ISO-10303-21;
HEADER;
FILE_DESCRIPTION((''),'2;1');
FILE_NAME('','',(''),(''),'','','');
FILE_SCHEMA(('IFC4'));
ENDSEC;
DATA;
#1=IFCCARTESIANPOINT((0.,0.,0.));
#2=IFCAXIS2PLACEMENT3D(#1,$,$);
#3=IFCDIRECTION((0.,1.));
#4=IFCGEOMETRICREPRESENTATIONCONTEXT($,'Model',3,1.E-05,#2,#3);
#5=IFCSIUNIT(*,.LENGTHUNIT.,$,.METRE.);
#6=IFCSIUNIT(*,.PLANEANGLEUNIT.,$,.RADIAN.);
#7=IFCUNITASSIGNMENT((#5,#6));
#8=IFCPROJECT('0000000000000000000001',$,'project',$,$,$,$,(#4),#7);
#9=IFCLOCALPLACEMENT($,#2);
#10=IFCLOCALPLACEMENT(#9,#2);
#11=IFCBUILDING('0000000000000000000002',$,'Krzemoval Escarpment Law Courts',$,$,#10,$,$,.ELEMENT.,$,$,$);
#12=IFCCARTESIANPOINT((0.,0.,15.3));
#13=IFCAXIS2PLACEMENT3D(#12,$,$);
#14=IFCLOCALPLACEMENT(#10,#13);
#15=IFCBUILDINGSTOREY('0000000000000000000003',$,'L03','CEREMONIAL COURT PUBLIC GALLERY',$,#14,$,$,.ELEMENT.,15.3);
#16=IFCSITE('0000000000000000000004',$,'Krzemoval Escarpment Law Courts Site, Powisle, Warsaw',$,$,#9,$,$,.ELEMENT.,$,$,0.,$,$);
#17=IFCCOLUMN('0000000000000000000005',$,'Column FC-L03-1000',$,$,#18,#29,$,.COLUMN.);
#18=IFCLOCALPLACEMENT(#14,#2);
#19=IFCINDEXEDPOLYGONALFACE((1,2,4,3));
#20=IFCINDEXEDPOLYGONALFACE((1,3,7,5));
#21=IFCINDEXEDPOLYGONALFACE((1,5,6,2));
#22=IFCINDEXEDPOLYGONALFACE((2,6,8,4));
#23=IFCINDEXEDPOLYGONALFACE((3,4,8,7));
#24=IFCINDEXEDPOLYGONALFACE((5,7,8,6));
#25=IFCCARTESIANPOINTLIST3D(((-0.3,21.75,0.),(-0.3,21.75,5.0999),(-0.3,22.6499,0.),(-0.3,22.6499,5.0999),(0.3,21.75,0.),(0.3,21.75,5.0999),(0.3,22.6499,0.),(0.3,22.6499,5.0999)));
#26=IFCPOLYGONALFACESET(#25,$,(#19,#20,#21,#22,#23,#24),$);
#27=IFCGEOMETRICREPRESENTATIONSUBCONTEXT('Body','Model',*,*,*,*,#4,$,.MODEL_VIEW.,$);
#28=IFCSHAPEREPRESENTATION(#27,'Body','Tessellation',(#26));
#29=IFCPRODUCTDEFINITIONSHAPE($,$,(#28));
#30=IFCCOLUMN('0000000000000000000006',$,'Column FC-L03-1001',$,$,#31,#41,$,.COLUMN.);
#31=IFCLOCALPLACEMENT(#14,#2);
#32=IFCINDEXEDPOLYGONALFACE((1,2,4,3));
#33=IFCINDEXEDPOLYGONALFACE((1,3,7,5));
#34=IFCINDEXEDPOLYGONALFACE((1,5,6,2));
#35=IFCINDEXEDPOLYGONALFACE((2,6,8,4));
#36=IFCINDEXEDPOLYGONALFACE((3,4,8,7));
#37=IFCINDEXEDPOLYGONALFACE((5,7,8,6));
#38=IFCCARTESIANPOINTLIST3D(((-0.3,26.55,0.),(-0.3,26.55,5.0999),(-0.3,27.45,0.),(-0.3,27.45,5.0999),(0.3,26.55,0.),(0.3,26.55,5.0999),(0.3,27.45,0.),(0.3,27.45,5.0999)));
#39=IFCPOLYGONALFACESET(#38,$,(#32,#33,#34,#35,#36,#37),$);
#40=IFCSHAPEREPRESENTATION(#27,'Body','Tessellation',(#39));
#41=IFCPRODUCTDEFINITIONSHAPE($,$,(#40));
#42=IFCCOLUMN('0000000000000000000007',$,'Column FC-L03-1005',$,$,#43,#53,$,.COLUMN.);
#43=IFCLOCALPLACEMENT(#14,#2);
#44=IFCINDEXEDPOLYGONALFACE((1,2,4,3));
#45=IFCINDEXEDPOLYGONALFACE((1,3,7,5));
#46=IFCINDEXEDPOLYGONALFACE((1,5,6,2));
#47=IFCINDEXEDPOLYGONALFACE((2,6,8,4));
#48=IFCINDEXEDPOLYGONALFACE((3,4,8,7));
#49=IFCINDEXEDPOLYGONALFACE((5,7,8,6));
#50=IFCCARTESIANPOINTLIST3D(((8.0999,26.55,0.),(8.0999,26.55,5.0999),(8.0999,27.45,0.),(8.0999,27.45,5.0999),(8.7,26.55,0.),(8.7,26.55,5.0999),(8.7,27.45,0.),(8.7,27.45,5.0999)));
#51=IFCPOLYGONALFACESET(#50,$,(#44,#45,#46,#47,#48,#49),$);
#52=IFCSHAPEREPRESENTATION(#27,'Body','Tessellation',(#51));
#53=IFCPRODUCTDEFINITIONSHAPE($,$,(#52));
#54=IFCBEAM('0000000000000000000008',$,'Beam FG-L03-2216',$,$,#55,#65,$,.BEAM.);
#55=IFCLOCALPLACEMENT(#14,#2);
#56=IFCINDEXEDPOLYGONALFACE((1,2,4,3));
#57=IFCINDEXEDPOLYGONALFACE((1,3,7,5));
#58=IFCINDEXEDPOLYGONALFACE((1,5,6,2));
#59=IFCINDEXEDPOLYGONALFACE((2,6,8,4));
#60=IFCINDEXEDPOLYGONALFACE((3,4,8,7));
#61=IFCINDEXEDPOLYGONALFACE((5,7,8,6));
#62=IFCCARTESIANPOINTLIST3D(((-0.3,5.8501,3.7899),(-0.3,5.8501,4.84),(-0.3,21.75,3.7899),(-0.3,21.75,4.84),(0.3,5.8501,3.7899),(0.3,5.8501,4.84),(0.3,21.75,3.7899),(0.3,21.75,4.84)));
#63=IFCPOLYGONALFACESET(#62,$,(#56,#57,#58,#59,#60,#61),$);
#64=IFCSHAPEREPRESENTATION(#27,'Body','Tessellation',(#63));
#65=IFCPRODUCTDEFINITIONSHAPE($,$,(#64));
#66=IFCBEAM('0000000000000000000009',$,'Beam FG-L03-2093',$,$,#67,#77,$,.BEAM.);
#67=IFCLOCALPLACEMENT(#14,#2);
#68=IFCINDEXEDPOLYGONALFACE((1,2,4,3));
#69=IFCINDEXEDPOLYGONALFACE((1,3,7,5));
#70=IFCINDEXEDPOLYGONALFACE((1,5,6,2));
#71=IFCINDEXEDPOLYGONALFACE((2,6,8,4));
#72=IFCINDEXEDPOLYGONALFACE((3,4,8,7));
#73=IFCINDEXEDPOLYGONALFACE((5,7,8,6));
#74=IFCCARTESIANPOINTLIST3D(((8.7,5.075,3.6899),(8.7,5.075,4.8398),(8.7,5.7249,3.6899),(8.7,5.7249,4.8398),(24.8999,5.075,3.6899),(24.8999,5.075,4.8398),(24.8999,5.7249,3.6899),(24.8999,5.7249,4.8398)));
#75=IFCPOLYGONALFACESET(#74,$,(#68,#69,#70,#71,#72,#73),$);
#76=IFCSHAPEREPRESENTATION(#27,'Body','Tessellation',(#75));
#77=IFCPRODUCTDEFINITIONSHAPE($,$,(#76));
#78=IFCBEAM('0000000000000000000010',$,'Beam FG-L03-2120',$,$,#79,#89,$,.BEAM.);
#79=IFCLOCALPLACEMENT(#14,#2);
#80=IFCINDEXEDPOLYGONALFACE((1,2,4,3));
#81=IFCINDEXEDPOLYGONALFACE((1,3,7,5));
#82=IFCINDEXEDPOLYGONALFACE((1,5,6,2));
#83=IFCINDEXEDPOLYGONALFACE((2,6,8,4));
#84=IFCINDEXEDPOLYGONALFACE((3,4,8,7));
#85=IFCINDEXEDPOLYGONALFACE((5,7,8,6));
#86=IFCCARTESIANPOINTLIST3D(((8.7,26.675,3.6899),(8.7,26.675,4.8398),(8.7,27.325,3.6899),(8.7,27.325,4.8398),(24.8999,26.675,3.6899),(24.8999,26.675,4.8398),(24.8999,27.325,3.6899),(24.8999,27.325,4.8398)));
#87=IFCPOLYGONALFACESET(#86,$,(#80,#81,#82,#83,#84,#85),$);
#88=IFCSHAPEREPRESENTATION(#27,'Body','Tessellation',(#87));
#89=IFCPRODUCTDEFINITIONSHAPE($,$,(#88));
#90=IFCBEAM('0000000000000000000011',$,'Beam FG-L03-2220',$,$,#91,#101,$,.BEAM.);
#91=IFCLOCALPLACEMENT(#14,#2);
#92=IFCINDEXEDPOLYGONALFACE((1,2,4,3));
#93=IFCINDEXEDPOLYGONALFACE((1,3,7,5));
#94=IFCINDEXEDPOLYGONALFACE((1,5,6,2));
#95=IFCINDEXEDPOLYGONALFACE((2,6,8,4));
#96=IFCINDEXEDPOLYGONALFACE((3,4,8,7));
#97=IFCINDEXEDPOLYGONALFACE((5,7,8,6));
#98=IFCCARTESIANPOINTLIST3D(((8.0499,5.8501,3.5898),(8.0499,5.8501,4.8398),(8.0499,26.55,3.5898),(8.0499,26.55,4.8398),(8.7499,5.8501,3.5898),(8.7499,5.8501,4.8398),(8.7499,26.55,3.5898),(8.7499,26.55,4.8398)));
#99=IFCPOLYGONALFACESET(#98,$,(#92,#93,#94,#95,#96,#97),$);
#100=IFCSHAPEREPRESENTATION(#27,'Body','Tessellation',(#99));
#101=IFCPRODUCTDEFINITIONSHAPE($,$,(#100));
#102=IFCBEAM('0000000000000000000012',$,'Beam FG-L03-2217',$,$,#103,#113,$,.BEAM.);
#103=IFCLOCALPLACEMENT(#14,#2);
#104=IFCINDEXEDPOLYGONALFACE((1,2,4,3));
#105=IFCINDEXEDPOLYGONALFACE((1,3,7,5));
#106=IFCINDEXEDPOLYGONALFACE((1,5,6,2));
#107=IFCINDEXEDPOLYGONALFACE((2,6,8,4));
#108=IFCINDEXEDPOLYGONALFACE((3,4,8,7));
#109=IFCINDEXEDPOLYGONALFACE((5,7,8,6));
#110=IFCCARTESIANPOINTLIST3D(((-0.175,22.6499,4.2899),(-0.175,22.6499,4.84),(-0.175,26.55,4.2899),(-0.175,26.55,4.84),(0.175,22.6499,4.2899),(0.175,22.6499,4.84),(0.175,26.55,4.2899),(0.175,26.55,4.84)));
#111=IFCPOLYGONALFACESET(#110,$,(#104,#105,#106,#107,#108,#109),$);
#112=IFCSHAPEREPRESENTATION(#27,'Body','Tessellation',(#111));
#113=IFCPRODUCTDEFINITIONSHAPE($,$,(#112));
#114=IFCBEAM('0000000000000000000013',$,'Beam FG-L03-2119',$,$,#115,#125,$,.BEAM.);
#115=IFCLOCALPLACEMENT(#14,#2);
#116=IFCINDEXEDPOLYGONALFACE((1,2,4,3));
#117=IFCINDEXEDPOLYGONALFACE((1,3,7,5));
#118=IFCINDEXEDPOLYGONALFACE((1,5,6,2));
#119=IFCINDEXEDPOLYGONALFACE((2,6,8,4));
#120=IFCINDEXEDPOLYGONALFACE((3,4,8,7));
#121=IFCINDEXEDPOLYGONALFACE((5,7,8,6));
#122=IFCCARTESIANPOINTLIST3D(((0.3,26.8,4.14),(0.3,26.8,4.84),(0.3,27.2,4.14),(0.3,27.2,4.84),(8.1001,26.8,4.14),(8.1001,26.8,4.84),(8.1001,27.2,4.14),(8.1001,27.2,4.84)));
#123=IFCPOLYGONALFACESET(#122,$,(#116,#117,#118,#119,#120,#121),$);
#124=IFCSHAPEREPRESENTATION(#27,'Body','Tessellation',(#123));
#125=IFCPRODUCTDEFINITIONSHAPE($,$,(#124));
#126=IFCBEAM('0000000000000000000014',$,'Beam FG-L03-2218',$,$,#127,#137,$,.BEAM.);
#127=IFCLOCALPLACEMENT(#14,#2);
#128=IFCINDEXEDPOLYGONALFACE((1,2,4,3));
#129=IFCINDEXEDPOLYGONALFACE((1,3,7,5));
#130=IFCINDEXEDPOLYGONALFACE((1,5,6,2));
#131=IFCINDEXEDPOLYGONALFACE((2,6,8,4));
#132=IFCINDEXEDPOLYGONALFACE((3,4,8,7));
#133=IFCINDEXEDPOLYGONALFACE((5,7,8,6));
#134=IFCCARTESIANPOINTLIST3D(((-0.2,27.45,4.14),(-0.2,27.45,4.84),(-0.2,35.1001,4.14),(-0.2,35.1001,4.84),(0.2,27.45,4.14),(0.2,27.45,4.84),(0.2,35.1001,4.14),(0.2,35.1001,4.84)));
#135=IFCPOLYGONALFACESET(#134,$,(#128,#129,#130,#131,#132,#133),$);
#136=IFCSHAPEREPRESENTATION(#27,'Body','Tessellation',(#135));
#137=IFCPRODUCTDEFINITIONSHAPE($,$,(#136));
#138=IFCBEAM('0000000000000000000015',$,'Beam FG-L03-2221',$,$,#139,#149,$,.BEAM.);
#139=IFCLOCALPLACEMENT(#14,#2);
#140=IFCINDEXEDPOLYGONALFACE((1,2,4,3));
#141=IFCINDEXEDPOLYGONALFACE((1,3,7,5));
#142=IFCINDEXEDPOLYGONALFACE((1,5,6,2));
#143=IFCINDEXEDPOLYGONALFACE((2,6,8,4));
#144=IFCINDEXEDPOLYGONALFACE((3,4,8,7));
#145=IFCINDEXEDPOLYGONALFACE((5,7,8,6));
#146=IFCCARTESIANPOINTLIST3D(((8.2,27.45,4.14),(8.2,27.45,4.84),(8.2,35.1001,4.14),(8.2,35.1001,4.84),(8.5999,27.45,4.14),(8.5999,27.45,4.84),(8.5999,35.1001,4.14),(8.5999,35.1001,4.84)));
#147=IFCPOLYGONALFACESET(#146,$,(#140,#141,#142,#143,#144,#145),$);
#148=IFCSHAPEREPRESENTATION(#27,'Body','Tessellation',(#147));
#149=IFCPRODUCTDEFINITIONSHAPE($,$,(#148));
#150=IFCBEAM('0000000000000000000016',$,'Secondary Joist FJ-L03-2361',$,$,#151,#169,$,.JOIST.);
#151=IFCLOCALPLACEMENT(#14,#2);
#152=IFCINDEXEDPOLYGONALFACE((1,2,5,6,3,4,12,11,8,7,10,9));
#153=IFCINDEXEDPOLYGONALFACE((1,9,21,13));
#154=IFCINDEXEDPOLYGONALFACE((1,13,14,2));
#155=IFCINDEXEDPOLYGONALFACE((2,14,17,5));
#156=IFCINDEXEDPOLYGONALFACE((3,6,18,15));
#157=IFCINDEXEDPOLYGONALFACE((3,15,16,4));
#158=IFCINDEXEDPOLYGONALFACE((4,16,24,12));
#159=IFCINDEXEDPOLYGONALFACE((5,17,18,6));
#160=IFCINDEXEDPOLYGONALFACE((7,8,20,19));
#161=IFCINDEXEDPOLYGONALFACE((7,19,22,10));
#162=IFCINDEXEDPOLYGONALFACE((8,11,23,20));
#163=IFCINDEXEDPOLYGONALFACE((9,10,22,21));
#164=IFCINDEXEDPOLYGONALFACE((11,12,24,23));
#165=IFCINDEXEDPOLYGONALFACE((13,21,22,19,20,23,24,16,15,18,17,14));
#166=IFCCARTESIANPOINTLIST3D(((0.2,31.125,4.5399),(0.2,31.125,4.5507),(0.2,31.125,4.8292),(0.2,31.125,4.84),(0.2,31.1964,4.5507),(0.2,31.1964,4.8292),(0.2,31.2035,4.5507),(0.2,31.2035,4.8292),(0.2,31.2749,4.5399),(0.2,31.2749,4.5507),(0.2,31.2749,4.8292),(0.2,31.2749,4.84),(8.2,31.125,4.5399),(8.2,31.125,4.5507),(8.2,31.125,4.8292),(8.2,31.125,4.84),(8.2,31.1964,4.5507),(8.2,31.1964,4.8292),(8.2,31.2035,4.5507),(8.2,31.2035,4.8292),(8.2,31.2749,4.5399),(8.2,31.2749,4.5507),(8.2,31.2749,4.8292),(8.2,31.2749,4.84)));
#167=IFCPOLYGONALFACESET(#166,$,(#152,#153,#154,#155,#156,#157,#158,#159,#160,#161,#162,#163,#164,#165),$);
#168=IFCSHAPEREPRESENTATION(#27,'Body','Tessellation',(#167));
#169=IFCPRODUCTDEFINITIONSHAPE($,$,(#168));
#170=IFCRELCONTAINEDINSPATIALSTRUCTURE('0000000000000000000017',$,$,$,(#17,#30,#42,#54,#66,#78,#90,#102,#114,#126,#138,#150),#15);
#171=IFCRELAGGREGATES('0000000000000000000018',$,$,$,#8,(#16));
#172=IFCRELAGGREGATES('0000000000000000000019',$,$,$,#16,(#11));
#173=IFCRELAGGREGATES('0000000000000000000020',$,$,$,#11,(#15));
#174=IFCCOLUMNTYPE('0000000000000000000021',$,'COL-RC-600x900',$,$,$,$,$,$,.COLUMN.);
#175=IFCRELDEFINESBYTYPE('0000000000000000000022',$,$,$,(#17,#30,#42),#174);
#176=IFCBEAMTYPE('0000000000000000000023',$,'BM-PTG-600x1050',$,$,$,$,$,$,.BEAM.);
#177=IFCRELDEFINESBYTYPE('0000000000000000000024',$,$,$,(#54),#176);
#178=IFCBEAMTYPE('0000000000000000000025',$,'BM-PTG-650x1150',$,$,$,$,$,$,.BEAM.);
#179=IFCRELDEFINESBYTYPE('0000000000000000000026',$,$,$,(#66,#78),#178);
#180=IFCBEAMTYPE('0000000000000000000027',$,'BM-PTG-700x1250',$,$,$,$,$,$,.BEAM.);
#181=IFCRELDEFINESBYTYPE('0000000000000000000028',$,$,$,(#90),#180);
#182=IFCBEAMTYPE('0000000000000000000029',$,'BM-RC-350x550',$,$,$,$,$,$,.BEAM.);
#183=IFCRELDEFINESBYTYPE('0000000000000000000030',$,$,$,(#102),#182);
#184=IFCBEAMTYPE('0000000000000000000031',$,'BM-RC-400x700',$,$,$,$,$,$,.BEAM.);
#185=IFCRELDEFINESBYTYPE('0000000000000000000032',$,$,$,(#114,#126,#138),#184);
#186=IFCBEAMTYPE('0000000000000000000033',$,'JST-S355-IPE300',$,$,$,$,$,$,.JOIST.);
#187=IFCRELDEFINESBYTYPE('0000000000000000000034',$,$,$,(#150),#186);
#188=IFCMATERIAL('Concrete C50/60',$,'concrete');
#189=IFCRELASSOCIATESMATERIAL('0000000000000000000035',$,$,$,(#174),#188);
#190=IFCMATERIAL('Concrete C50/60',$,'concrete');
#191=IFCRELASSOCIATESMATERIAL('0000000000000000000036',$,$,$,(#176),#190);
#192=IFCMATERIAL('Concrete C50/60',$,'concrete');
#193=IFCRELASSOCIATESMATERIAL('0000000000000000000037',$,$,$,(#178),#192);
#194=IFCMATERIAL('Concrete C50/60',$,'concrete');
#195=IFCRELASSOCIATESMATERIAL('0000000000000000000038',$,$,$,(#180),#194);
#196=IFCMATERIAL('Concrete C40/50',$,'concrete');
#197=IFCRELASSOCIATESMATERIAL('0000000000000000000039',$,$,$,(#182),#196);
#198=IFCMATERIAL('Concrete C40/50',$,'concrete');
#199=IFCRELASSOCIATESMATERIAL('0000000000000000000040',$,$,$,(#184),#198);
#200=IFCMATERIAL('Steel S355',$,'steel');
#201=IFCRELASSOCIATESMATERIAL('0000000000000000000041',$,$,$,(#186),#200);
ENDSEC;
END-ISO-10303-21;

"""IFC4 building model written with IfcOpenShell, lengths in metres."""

from ifc_helpers import new_model, si_unit, direction, frame, origin, origin_2d, place, context, subcontext, project, spatial, rectangle, i_section, extrude, material, material_profile, profile_set, type_object, element, save


model = new_model("IFC4")

# Units and contexts
model_context = context("Model", 3, precision=1e-05, world=origin(), true_north=direction((0.0, 1.0)))
body_context = subcontext(model_context, "Body", "Model", "MODEL_VIEW")
ifc_project = project(units=[si_unit("LENGTHUNIT", "METRE"), si_unit("PLANEANGLEUNIT", "RADIAN")], contexts=[model_context])

# Site, building, storey
site_placement = place(None, origin())
site = spatial("IfcSite", under=ifc_project, at=site_placement, Name="Krzemoval Escarpment Law Courts Site, Powisle, Warsaw", CompositionType="ELEMENT", RefElevation=0.0)
building_placement = place(site_placement, origin())
building = spatial("IfcBuilding", under=site, at=building_placement, Name="Krzemoval Escarpment Law Courts", CompositionType="ELEMENT")
storey_placement = place(building_placement, frame((0.0, 0.0, 15.3)))
storey = spatial("IfcBuildingStorey", under=building, at=storey_placement, Name="L03", Description="CEREMONIAL COURT PUBLIC GALLERY", CompositionType="ELEMENT", Elevation=15.3)

# Columns
ifc_material_1 = material(Name="Concrete C50/60", Category="concrete")
ifc_material_profile_1 = material_profile(ifc_material_1, rectangle(XDim=0.6001, YDim=0.8999, at=origin_2d()), Name="RC 600x900")
ifc_profile_set_1 = profile_set([ifc_material_profile_1], Name="Concrete C50/60")
column_type = type_object("IfcColumnType", Name="COL-RC-600x900", PredefinedType="COLUMN", material=ifc_profile_set_1)
for number, where, z_axis, x_axis, name in (
    (1, (0.0, 22.2, 0.0), (0.0, 0.0, 1.0), (1.0, 0.0, 0.0), "Column FC-L03-1000"),
    (2, (0.0, 27.0, 0.0), (0.0, 0.0, 1.0), (1.0, 0.0, 0.0), "Column FC-L03-1001"),
    (3, (8.3999, 27.0, 0.0), (0.0, 0.0, 1.0), (1.0, 0.0, 0.0), "Column FC-L03-1005"),
):
    element("IfcColumn", number, at=place(storey_placement, frame(where, z_axis=z_axis, x_axis=x_axis)), inside=storey, type_object=column_type, Name=name, PredefinedType="COLUMN", context=body_context, shape_type="SweptSolid", body=[
        extrude(rectangle(XDim=0.6001, YDim=0.8999, at=origin_2d()), origin(), (0.0, 0.0, 1.0), 5.0999),
    ])

# Beams
ifc_material_2 = material(Name="Concrete C50/60", Category="concrete")
ifc_material_profile_2 = material_profile(ifc_material_2, rectangle(XDim=0.6001, YDim=1.05, at=origin_2d()), Name="PTG 600x1050")
ifc_profile_set_2 = profile_set([ifc_material_profile_2], Name="Concrete C50/60")
beam_type_1 = type_object("IfcBeamType", Name="BM-PTG-600x1050", PredefinedType="BEAM", material=ifc_profile_set_2)
beam_1_placement = place(storey_placement, frame((0.0, 5.8501, 4.3149), z_axis=(0.0, 1.0, 0.0), x_axis=(-1.0, 0.0, 0.0)))
element("IfcBeam", 4, at=beam_1_placement, inside=storey, type_object=beam_type_1, Name="Beam FG-L03-2216", PredefinedType="BEAM", context=body_context, shape_type="SweptSolid", body=[
    extrude(rectangle(XDim=0.6001, YDim=1.05, at=origin_2d()), origin(), (0.0, 0.0, 1.0), 15.8999),
])
ifc_material_3 = material(Name="Concrete C50/60", Category="concrete")
ifc_material_profile_3 = material_profile(ifc_material_3, rectangle(XDim=0.6499, YDim=1.1499, at=origin_2d()), Name="PTG 650x1150")
ifc_profile_set_3 = profile_set([ifc_material_profile_3], Name="Concrete C50/60")
beam_type_2 = type_object("IfcBeamType", Name="BM-PTG-650x1150", PredefinedType="BEAM", material=ifc_profile_set_3)
for number, where, z_axis, x_axis, name in (
    (5, (8.7, 5.3999, 4.2649), (1.0, 0.0, 0.0), (0.0, 1.0, 0.0), "Beam FG-L03-2093"),
    (6, (8.7, 27.0, 4.2649), (1.0, 0.0, 0.0), (0.0, 1.0, 0.0), "Beam FG-L03-2120"),
):
    element("IfcBeam", number, at=place(storey_placement, frame(where, z_axis=z_axis, x_axis=x_axis)), inside=storey, type_object=beam_type_2, Name=name, PredefinedType="BEAM", context=body_context, shape_type="SweptSolid", body=[
        extrude(rectangle(XDim=0.6499, YDim=1.1499, at=origin_2d()), origin(), (0.0, 0.0, 1.0), 16.2),
    ])
ifc_material_4 = material(Name="Concrete C50/60", Category="concrete")
ifc_material_profile_4 = material_profile(ifc_material_4, rectangle(XDim=0.7, YDim=1.25, at=origin_2d()), Name="PTG 700x1250")
ifc_profile_set_4 = profile_set([ifc_material_profile_4], Name="Concrete C50/60")
beam_type_3 = type_object("IfcBeamType", Name="BM-PTG-700x1250", PredefinedType="BEAM", material=ifc_profile_set_4)
beam_2_placement = place(storey_placement, frame((8.3999, 5.8501, 4.2148), z_axis=(0.0, 1.0, 0.0), x_axis=(-1.0, 0.0, 0.0)))
element("IfcBeam", 7, at=beam_2_placement, inside=storey, type_object=beam_type_3, Name="Beam FG-L03-2220", PredefinedType="BEAM", context=body_context, shape_type="SweptSolid", body=[
    extrude(rectangle(XDim=0.7, YDim=1.25, at=origin_2d()), origin(), (0.0, 0.0, 1.0), 20.7),
])
ifc_material_5 = material(Name="Concrete C40/50", Category="concrete")
ifc_material_profile_5 = material_profile(ifc_material_5, rectangle(XDim=0.3501, YDim=0.55, at=origin_2d()), Name="RCB 350x550")
ifc_profile_set_5 = profile_set([ifc_material_profile_5], Name="Concrete C40/50")
beam_type_4 = type_object("IfcBeamType", Name="BM-RC-350x550", PredefinedType="BEAM", material=ifc_profile_set_5)
beam_3_placement = place(storey_placement, frame((0.0, 22.6499, 4.5649), z_axis=(0.0, 1.0, 0.0), x_axis=(-1.0, 0.0, 0.0)))
element("IfcBeam", 8, at=beam_3_placement, inside=storey, type_object=beam_type_4, Name="Beam FG-L03-2217", PredefinedType="BEAM", context=body_context, shape_type="SweptSolid", body=[
    extrude(rectangle(XDim=0.3501, YDim=0.55, at=origin_2d()), origin(), (0.0, 0.0, 1.0), 3.9001),
])
ifc_material_6 = material(Name="Concrete C40/50", Category="concrete")
ifc_material_profile_6 = material_profile(ifc_material_6, rectangle(XDim=0.3999, YDim=0.7, at=origin_2d()), Name="RCB 400x700")
ifc_profile_set_6 = profile_set([ifc_material_profile_6], Name="Concrete C40/50")
beam_type_5 = type_object("IfcBeamType", Name="BM-RC-400x700", PredefinedType="BEAM", material=ifc_profile_set_6)
beam_4_placement = place(storey_placement, frame((0.3, 27.0, 4.49), z_axis=(1.0, 0.0, 0.0), x_axis=(0.0, 1.0, 0.0)))
element("IfcBeam", 9, at=beam_4_placement, inside=storey, type_object=beam_type_5, Name="Beam FG-L03-2119", PredefinedType="BEAM", context=body_context, shape_type="SweptSolid", body=[
    extrude(rectangle(XDim=0.3999, YDim=0.7, at=origin_2d()), origin(), (0.0, 0.0, 1.0), 7.8),
])
for number, where, z_axis, x_axis, name in (
    (10, (0.0, 27.45, 4.49), (0.0, 1.0, 0.0), (-1.0, 0.0, 0.0), "Beam FG-L03-2218"),
    (11, (8.3999, 27.45, 4.49), (0.0, 1.0, 0.0), (-1.0, 0.0, 0.0), "Beam FG-L03-2221"),
):
    element("IfcBeam", number, at=place(storey_placement, frame(where, z_axis=z_axis, x_axis=x_axis)), inside=storey, type_object=beam_type_5, Name=name, PredefinedType="BEAM", context=body_context, shape_type="SweptSolid", body=[
        extrude(rectangle(XDim=0.3999, YDim=0.7, at=origin_2d()), origin(), (0.0, 0.0, 1.0), 7.6501),
    ])
ifc_material_7 = material(Name="Steel S355", Category="steel")
ifc_material_profile_7 = material_profile(ifc_material_7, i_section(OverallWidth=0.1499, OverallDepth=0.3, WebThickness=0.0071, FlangeThickness=0.0107, at=origin_2d()), Name="IPE 300")
ifc_profile_set_7 = profile_set([ifc_material_profile_7], Name="Steel S355")
beam_type_6 = type_object("IfcBeamType", Name="JST-S355-IPE300", PredefinedType="JOIST", material=ifc_profile_set_7)
beam_5_placement = place(storey_placement, frame((0.2, 31.2, 4.6899), z_axis=(1.0, 0.0, 0.0), x_axis=(0.0, 1.0, 0.0)))
element("IfcBeam", 12, at=beam_5_placement, inside=storey, type_object=beam_type_6, Name="Secondary Joist FJ-L03-2361", PredefinedType="JOIST", context=body_context, shape_type="SweptSolid", body=[
    extrude(i_section(OverallWidth=0.1499, OverallDepth=0.3, WebThickness=0.0071, FlangeThickness=0.0107, at=origin_2d()), origin(), (0.0, 0.0, 1.0), 8.0),
])

save(model, "model.ifc")
